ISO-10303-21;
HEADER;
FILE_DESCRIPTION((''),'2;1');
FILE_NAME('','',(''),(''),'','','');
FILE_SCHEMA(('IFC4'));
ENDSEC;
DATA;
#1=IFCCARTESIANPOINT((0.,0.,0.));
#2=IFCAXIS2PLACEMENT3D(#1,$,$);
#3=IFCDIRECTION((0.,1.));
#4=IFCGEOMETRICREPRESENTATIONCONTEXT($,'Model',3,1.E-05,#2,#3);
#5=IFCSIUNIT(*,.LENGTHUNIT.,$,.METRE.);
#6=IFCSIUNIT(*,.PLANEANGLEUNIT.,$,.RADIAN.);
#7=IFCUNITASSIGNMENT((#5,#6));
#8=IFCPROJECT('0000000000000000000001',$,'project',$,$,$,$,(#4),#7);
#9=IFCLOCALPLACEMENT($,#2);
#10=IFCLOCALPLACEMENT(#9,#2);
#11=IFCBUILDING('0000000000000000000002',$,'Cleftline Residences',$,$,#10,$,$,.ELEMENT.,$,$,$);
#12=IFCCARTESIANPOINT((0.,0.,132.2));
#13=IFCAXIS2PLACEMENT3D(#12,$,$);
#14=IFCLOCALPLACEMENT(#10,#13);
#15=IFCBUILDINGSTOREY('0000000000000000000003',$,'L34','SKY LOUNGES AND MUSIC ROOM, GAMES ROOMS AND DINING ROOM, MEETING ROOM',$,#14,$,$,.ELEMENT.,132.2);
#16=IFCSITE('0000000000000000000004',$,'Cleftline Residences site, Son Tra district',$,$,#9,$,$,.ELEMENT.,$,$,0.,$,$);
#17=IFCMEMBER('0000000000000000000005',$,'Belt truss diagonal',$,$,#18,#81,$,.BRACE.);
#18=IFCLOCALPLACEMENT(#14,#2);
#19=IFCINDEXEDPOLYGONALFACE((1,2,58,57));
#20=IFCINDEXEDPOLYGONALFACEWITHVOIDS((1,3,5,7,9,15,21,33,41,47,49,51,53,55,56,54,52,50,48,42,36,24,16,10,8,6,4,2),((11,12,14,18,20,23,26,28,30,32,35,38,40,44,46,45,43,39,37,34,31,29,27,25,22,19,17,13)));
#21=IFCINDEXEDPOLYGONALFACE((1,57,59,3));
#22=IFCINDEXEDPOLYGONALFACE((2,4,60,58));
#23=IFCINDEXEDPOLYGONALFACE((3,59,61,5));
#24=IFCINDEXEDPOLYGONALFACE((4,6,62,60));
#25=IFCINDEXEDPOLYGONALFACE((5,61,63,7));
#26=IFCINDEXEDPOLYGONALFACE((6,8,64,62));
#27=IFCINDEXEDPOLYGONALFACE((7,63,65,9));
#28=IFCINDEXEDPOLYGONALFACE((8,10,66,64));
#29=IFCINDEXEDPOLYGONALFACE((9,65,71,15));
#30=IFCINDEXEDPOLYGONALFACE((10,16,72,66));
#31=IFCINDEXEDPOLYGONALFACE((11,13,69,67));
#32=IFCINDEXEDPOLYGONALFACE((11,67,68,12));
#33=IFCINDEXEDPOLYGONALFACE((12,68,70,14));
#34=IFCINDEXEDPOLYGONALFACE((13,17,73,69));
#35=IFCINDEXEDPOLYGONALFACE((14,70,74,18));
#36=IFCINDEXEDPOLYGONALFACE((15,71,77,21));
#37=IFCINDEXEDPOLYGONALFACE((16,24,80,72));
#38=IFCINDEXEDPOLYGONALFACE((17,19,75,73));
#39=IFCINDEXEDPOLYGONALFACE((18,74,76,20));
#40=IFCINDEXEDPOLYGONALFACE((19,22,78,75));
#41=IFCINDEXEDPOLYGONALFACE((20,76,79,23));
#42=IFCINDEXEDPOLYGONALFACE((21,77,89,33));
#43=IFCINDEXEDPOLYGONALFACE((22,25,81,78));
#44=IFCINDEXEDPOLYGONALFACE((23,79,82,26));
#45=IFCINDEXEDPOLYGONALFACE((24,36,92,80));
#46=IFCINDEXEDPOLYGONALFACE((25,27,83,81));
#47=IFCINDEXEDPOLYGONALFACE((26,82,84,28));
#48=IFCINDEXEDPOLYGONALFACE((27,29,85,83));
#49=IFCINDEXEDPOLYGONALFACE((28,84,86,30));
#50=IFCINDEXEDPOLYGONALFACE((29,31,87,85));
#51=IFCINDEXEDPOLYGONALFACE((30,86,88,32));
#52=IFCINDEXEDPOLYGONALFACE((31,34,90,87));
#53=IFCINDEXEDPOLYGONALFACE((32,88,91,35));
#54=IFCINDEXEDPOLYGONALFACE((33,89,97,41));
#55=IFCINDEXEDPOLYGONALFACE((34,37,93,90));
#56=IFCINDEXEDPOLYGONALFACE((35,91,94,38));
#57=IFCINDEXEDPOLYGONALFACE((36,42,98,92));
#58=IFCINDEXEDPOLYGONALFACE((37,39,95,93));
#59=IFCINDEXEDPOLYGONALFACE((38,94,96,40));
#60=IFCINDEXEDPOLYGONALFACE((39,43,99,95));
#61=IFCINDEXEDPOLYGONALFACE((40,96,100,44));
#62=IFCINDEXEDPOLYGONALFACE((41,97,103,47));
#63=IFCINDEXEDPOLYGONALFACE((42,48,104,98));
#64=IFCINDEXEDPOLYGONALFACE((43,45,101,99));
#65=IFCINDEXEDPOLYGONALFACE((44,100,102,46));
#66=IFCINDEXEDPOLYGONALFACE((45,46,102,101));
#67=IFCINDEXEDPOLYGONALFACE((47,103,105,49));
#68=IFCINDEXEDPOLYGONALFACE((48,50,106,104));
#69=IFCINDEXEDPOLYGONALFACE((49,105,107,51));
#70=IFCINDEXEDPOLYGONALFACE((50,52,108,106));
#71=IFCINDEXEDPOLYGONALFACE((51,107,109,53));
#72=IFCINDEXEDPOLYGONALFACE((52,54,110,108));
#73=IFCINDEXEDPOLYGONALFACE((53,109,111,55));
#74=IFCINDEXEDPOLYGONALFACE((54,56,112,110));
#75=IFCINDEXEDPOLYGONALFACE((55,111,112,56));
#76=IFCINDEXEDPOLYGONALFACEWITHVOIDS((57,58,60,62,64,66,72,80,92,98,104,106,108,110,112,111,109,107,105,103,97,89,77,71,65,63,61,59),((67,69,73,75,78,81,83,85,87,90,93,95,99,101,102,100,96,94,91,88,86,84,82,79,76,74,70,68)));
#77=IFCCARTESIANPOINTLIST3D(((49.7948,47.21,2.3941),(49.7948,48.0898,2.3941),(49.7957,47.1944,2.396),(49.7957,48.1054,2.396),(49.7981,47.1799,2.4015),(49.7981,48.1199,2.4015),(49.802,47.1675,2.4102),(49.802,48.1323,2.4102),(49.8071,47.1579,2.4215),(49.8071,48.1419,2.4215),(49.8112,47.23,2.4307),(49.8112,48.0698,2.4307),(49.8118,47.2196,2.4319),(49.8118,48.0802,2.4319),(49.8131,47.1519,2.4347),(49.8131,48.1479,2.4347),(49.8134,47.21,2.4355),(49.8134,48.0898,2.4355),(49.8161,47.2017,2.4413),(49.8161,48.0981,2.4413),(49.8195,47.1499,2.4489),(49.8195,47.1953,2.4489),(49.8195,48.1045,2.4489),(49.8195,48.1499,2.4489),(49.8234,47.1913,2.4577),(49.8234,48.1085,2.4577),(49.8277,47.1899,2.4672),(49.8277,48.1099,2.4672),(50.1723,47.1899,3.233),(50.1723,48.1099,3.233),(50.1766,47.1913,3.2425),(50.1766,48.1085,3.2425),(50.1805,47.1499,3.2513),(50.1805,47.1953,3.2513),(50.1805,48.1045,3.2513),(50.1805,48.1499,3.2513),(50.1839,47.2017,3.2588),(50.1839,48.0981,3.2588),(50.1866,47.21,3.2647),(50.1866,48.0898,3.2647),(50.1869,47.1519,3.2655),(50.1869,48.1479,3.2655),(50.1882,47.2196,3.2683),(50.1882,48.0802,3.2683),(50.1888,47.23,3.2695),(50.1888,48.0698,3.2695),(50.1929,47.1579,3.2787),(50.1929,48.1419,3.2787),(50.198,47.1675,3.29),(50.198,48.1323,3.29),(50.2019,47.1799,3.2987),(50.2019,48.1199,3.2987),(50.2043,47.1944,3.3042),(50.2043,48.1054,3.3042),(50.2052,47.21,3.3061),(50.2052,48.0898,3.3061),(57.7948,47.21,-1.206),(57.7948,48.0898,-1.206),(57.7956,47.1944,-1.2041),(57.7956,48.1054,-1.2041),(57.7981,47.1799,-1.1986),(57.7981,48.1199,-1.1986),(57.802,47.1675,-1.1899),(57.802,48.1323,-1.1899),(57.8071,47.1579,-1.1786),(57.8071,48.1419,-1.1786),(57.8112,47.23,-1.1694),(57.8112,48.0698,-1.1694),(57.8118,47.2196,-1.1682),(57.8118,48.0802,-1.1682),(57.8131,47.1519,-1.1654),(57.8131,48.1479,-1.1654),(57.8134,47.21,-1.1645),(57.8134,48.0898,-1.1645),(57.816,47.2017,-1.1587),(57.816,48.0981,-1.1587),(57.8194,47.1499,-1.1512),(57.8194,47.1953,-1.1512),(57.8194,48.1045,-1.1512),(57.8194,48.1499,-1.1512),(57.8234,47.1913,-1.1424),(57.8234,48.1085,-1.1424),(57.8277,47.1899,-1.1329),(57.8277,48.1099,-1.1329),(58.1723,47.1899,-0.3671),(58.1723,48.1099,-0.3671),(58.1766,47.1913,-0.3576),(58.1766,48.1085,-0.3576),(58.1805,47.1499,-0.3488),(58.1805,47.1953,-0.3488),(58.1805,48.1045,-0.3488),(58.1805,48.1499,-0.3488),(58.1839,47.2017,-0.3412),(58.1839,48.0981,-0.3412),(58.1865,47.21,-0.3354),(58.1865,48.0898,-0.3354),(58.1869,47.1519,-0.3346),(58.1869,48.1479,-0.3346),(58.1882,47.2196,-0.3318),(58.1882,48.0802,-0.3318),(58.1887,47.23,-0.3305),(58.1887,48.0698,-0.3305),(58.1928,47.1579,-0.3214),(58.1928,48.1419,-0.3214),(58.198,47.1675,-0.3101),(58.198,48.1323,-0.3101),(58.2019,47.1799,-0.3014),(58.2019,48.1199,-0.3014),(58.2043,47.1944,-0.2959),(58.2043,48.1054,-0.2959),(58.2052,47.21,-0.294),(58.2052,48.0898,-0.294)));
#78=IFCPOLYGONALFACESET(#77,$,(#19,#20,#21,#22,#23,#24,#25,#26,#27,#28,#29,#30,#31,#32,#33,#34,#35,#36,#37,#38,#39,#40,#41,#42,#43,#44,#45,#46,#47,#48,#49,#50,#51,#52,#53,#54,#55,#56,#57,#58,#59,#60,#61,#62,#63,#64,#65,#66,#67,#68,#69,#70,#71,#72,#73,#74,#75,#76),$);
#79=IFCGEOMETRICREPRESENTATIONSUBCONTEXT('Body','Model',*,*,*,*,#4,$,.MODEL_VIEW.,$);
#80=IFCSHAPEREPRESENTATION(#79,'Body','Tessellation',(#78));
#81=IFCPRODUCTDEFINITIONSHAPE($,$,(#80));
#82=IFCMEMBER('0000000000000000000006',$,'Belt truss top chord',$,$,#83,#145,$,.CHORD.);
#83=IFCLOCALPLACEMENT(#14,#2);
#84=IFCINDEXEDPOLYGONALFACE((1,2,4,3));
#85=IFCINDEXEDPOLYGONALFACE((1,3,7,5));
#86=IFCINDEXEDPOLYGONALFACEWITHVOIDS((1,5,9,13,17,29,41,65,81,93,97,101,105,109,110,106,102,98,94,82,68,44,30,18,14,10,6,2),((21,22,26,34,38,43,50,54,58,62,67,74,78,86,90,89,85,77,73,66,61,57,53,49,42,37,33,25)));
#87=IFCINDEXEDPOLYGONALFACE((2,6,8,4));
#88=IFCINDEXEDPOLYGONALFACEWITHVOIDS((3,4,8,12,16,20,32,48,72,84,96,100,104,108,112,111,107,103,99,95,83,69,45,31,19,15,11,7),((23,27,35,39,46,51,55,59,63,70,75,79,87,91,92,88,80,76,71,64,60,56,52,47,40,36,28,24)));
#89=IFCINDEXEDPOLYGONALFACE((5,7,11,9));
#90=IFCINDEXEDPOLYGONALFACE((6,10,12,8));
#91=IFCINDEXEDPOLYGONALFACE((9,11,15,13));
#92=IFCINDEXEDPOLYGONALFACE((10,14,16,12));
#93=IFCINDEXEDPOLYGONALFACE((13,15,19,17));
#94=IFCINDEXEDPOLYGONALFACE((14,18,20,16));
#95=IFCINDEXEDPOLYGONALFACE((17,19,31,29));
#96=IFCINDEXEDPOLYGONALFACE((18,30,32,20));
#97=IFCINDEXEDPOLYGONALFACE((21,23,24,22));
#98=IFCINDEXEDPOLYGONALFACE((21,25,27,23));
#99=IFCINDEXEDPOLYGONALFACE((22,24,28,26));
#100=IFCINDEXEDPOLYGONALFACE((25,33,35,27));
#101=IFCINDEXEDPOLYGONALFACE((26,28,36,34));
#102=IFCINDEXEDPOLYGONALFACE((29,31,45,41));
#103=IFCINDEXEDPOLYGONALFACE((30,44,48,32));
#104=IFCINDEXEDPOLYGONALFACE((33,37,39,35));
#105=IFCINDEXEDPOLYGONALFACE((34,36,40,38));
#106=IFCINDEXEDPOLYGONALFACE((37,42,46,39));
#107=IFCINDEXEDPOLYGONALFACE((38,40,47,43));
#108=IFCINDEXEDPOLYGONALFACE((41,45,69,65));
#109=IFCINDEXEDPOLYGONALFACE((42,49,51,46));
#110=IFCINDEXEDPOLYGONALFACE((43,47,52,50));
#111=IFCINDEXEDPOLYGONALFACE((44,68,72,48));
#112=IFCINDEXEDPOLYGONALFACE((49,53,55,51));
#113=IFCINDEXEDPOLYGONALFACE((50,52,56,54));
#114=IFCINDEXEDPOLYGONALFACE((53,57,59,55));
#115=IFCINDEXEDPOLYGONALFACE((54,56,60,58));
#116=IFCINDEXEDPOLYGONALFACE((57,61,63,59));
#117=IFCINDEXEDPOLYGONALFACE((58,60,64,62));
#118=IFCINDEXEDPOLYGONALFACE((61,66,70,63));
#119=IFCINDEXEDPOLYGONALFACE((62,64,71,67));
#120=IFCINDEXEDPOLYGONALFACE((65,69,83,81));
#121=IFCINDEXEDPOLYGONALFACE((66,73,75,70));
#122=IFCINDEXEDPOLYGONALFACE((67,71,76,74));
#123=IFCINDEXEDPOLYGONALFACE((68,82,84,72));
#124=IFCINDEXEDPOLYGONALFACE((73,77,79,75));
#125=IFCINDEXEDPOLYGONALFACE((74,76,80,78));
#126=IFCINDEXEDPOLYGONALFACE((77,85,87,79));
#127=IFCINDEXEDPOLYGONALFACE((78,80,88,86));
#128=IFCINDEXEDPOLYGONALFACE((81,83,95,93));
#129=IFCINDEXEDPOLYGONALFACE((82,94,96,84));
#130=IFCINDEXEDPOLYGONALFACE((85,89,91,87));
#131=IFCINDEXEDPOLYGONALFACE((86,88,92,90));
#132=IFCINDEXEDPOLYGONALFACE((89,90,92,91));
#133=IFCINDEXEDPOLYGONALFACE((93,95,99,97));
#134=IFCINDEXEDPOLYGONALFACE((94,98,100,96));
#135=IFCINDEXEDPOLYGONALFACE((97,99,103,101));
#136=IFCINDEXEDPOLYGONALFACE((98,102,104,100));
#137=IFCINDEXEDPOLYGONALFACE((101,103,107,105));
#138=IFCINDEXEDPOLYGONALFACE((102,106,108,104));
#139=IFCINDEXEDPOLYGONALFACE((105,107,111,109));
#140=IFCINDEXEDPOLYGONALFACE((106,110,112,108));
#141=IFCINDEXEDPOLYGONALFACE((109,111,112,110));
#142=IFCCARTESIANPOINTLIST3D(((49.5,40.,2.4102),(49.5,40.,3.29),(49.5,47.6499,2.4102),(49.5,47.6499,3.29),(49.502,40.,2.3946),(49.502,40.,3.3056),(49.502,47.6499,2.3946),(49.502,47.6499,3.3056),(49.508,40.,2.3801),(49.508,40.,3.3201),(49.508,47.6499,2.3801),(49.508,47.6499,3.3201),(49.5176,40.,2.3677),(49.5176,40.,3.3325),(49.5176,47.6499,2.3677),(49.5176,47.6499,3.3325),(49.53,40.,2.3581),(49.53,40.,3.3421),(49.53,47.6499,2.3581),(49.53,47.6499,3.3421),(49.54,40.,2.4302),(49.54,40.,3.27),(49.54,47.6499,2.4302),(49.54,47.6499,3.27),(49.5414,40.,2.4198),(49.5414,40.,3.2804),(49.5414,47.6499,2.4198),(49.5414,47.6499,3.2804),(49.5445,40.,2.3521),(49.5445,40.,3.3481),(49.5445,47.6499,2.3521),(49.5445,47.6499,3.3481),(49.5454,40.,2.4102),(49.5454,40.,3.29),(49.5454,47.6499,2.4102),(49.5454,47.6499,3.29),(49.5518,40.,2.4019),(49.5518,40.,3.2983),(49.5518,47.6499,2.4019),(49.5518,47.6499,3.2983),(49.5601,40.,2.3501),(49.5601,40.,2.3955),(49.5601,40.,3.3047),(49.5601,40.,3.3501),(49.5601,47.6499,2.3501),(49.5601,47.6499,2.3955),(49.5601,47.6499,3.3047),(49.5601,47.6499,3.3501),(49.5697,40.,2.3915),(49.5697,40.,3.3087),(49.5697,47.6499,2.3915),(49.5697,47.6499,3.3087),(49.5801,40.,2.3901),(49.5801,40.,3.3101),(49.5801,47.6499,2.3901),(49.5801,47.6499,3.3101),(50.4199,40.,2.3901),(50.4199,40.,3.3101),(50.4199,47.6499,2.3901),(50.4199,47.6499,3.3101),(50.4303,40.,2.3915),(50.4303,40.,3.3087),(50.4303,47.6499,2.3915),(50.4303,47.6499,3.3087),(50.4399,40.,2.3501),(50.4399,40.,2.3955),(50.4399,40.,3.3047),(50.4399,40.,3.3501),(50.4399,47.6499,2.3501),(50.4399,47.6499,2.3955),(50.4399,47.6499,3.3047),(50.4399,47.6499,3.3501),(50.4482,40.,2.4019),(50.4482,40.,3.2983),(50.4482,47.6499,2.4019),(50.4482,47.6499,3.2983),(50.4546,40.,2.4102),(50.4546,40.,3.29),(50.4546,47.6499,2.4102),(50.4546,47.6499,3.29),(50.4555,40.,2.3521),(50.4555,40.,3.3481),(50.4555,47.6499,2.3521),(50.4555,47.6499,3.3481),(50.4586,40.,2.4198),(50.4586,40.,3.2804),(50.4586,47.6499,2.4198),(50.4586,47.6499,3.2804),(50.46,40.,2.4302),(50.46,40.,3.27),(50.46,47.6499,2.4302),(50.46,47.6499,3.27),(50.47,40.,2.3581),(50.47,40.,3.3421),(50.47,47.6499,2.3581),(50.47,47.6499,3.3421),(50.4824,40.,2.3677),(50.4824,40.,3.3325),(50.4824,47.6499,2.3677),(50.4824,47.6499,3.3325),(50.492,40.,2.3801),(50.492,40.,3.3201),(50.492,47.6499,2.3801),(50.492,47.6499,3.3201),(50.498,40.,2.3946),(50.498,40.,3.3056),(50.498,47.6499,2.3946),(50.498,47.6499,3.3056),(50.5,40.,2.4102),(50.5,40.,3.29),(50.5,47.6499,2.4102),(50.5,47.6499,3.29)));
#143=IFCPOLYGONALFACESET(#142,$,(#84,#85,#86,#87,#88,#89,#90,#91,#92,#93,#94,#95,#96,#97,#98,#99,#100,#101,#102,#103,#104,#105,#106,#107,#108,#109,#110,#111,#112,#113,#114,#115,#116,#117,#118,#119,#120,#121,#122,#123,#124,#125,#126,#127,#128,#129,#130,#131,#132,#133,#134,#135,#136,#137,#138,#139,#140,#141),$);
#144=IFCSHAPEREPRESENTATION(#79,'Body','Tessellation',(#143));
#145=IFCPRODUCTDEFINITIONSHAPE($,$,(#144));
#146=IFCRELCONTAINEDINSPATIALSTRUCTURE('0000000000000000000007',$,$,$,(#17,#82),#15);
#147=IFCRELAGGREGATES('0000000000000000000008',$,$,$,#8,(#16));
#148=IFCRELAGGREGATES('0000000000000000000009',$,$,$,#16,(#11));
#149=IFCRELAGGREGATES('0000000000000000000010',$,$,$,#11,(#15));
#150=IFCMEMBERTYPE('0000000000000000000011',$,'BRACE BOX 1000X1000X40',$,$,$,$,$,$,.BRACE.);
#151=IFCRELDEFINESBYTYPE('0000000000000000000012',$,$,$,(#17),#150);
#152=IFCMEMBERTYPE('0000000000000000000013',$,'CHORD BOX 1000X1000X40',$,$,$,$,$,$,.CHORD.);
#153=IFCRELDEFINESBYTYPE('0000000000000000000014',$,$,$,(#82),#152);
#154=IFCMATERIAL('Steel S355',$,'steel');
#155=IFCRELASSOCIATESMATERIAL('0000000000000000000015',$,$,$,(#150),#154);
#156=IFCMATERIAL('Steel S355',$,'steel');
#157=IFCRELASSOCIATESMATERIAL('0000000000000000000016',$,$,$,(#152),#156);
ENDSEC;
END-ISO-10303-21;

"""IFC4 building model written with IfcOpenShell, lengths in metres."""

from ifc_helpers import new_model, si_unit, direction, frame, origin, origin_2d, place, context, subcontext, project, spatial, hollow_rectangle, extrude, material, material_profile, profile_set, type_object, element, save


model = new_model("IFC4")

# Units and contexts
model_context = context("Model", 3, precision=1e-05, world=origin(), true_north=direction((0.0, 1.0)))
body_context = subcontext(model_context, "Body", "Model", "MODEL_VIEW")
ifc_project = project(units=[si_unit("LENGTHUNIT", "METRE"), si_unit("PLANEANGLEUNIT", "RADIAN")], contexts=[model_context])

# Site, building, storey
site_placement = place(None, origin())
site = spatial("IfcSite", under=ifc_project, at=site_placement, Name="Cleftline Residences site, Son Tra district", CompositionType="ELEMENT", RefElevation=0.0)
building_placement = place(site_placement, origin())
building = spatial("IfcBuilding", under=site, at=building_placement, Name="Cleftline Residences", CompositionType="ELEMENT")
storey_placement = place(building_placement, frame((0.0, 0.0, 132.2)))
storey = spatial("IfcBuildingStorey", under=building, at=storey_placement, Name="L34", Description="SKY LOUNGES AND MUSIC ROOM, GAMES ROOMS AND DINING ROOM, MEETING ROOM", CompositionType="ELEMENT", Elevation=132.2)

# Members
ifc_material_1 = material(Name="Steel S355", Category="steel")
ifc_material_profile_1 = material_profile(ifc_material_1, hollow_rectangle(XDim=1.0, YDim=1.0, WallThickness=0.04, InnerFilletRadius=0.04, OuterFilletRadius=0.0601, at=origin_2d()))
ifc_profile_set_1 = profile_set([ifc_material_profile_1], Name="Steel S355")
member_type_1 = type_object("IfcMemberType", Name="BRACE BOX 1000X1000X40", PredefinedType="BRACE", material=ifc_profile_set_1)
member_placement = place(storey_placement, frame((50.0, 47.6499, 2.8501), z_axis=(0.911917, 0.0, -0.410374), x_axis=(0.410374, 0.0, 0.911917)))
element("IfcMember", 1, at=member_placement, inside=storey, type_object=member_type_1, Name="Belt truss diagonal", PredefinedType="BRACE", context=body_context, shape_type="SweptSolid", body=[
    extrude(hollow_rectangle(XDim=1.0, YDim=1.0, WallThickness=0.04, InnerFilletRadius=0.04, OuterFilletRadius=0.0601, at=origin_2d()), origin(), (0.0, 0.0, 1.0), 8.7727),
])
ifc_material_2 = material(Name="Steel S355", Category="steel")
ifc_material_profile_2 = material_profile(ifc_material_2, hollow_rectangle(XDim=1.0, YDim=1.0, WallThickness=0.04, InnerFilletRadius=0.04, OuterFilletRadius=0.0601, at=origin_2d()))
ifc_profile_set_2 = profile_set([ifc_material_profile_2], Name="Steel S355")
member_type_2 = type_object("IfcMemberType", Name="CHORD BOX 1000X1000X40", PredefinedType="CHORD", material=ifc_profile_set_2)
for number, where, z_axis, x_axis, name in (
    (2, (50.0, 40.0, 2.8501), (0.0, 1.0, 0.0), (-1.0, 0.0, 0.0), "Belt truss top chord"),
):
    element("IfcMember", number, at=place(storey_placement, frame(where, z_axis=z_axis, x_axis=x_axis)), inside=storey, type_object=member_type_2, Name=name, PredefinedType="CHORD", context=body_context, shape_type="SweptSolid", body=[
        extrude(hollow_rectangle(XDim=1.0, YDim=1.0, WallThickness=0.04, InnerFilletRadius=0.04, OuterFilletRadius=0.0601, at=origin_2d()), origin(), (0.0, 0.0, 1.0), 7.6499),
    ])

save(model, "model.ifc")
